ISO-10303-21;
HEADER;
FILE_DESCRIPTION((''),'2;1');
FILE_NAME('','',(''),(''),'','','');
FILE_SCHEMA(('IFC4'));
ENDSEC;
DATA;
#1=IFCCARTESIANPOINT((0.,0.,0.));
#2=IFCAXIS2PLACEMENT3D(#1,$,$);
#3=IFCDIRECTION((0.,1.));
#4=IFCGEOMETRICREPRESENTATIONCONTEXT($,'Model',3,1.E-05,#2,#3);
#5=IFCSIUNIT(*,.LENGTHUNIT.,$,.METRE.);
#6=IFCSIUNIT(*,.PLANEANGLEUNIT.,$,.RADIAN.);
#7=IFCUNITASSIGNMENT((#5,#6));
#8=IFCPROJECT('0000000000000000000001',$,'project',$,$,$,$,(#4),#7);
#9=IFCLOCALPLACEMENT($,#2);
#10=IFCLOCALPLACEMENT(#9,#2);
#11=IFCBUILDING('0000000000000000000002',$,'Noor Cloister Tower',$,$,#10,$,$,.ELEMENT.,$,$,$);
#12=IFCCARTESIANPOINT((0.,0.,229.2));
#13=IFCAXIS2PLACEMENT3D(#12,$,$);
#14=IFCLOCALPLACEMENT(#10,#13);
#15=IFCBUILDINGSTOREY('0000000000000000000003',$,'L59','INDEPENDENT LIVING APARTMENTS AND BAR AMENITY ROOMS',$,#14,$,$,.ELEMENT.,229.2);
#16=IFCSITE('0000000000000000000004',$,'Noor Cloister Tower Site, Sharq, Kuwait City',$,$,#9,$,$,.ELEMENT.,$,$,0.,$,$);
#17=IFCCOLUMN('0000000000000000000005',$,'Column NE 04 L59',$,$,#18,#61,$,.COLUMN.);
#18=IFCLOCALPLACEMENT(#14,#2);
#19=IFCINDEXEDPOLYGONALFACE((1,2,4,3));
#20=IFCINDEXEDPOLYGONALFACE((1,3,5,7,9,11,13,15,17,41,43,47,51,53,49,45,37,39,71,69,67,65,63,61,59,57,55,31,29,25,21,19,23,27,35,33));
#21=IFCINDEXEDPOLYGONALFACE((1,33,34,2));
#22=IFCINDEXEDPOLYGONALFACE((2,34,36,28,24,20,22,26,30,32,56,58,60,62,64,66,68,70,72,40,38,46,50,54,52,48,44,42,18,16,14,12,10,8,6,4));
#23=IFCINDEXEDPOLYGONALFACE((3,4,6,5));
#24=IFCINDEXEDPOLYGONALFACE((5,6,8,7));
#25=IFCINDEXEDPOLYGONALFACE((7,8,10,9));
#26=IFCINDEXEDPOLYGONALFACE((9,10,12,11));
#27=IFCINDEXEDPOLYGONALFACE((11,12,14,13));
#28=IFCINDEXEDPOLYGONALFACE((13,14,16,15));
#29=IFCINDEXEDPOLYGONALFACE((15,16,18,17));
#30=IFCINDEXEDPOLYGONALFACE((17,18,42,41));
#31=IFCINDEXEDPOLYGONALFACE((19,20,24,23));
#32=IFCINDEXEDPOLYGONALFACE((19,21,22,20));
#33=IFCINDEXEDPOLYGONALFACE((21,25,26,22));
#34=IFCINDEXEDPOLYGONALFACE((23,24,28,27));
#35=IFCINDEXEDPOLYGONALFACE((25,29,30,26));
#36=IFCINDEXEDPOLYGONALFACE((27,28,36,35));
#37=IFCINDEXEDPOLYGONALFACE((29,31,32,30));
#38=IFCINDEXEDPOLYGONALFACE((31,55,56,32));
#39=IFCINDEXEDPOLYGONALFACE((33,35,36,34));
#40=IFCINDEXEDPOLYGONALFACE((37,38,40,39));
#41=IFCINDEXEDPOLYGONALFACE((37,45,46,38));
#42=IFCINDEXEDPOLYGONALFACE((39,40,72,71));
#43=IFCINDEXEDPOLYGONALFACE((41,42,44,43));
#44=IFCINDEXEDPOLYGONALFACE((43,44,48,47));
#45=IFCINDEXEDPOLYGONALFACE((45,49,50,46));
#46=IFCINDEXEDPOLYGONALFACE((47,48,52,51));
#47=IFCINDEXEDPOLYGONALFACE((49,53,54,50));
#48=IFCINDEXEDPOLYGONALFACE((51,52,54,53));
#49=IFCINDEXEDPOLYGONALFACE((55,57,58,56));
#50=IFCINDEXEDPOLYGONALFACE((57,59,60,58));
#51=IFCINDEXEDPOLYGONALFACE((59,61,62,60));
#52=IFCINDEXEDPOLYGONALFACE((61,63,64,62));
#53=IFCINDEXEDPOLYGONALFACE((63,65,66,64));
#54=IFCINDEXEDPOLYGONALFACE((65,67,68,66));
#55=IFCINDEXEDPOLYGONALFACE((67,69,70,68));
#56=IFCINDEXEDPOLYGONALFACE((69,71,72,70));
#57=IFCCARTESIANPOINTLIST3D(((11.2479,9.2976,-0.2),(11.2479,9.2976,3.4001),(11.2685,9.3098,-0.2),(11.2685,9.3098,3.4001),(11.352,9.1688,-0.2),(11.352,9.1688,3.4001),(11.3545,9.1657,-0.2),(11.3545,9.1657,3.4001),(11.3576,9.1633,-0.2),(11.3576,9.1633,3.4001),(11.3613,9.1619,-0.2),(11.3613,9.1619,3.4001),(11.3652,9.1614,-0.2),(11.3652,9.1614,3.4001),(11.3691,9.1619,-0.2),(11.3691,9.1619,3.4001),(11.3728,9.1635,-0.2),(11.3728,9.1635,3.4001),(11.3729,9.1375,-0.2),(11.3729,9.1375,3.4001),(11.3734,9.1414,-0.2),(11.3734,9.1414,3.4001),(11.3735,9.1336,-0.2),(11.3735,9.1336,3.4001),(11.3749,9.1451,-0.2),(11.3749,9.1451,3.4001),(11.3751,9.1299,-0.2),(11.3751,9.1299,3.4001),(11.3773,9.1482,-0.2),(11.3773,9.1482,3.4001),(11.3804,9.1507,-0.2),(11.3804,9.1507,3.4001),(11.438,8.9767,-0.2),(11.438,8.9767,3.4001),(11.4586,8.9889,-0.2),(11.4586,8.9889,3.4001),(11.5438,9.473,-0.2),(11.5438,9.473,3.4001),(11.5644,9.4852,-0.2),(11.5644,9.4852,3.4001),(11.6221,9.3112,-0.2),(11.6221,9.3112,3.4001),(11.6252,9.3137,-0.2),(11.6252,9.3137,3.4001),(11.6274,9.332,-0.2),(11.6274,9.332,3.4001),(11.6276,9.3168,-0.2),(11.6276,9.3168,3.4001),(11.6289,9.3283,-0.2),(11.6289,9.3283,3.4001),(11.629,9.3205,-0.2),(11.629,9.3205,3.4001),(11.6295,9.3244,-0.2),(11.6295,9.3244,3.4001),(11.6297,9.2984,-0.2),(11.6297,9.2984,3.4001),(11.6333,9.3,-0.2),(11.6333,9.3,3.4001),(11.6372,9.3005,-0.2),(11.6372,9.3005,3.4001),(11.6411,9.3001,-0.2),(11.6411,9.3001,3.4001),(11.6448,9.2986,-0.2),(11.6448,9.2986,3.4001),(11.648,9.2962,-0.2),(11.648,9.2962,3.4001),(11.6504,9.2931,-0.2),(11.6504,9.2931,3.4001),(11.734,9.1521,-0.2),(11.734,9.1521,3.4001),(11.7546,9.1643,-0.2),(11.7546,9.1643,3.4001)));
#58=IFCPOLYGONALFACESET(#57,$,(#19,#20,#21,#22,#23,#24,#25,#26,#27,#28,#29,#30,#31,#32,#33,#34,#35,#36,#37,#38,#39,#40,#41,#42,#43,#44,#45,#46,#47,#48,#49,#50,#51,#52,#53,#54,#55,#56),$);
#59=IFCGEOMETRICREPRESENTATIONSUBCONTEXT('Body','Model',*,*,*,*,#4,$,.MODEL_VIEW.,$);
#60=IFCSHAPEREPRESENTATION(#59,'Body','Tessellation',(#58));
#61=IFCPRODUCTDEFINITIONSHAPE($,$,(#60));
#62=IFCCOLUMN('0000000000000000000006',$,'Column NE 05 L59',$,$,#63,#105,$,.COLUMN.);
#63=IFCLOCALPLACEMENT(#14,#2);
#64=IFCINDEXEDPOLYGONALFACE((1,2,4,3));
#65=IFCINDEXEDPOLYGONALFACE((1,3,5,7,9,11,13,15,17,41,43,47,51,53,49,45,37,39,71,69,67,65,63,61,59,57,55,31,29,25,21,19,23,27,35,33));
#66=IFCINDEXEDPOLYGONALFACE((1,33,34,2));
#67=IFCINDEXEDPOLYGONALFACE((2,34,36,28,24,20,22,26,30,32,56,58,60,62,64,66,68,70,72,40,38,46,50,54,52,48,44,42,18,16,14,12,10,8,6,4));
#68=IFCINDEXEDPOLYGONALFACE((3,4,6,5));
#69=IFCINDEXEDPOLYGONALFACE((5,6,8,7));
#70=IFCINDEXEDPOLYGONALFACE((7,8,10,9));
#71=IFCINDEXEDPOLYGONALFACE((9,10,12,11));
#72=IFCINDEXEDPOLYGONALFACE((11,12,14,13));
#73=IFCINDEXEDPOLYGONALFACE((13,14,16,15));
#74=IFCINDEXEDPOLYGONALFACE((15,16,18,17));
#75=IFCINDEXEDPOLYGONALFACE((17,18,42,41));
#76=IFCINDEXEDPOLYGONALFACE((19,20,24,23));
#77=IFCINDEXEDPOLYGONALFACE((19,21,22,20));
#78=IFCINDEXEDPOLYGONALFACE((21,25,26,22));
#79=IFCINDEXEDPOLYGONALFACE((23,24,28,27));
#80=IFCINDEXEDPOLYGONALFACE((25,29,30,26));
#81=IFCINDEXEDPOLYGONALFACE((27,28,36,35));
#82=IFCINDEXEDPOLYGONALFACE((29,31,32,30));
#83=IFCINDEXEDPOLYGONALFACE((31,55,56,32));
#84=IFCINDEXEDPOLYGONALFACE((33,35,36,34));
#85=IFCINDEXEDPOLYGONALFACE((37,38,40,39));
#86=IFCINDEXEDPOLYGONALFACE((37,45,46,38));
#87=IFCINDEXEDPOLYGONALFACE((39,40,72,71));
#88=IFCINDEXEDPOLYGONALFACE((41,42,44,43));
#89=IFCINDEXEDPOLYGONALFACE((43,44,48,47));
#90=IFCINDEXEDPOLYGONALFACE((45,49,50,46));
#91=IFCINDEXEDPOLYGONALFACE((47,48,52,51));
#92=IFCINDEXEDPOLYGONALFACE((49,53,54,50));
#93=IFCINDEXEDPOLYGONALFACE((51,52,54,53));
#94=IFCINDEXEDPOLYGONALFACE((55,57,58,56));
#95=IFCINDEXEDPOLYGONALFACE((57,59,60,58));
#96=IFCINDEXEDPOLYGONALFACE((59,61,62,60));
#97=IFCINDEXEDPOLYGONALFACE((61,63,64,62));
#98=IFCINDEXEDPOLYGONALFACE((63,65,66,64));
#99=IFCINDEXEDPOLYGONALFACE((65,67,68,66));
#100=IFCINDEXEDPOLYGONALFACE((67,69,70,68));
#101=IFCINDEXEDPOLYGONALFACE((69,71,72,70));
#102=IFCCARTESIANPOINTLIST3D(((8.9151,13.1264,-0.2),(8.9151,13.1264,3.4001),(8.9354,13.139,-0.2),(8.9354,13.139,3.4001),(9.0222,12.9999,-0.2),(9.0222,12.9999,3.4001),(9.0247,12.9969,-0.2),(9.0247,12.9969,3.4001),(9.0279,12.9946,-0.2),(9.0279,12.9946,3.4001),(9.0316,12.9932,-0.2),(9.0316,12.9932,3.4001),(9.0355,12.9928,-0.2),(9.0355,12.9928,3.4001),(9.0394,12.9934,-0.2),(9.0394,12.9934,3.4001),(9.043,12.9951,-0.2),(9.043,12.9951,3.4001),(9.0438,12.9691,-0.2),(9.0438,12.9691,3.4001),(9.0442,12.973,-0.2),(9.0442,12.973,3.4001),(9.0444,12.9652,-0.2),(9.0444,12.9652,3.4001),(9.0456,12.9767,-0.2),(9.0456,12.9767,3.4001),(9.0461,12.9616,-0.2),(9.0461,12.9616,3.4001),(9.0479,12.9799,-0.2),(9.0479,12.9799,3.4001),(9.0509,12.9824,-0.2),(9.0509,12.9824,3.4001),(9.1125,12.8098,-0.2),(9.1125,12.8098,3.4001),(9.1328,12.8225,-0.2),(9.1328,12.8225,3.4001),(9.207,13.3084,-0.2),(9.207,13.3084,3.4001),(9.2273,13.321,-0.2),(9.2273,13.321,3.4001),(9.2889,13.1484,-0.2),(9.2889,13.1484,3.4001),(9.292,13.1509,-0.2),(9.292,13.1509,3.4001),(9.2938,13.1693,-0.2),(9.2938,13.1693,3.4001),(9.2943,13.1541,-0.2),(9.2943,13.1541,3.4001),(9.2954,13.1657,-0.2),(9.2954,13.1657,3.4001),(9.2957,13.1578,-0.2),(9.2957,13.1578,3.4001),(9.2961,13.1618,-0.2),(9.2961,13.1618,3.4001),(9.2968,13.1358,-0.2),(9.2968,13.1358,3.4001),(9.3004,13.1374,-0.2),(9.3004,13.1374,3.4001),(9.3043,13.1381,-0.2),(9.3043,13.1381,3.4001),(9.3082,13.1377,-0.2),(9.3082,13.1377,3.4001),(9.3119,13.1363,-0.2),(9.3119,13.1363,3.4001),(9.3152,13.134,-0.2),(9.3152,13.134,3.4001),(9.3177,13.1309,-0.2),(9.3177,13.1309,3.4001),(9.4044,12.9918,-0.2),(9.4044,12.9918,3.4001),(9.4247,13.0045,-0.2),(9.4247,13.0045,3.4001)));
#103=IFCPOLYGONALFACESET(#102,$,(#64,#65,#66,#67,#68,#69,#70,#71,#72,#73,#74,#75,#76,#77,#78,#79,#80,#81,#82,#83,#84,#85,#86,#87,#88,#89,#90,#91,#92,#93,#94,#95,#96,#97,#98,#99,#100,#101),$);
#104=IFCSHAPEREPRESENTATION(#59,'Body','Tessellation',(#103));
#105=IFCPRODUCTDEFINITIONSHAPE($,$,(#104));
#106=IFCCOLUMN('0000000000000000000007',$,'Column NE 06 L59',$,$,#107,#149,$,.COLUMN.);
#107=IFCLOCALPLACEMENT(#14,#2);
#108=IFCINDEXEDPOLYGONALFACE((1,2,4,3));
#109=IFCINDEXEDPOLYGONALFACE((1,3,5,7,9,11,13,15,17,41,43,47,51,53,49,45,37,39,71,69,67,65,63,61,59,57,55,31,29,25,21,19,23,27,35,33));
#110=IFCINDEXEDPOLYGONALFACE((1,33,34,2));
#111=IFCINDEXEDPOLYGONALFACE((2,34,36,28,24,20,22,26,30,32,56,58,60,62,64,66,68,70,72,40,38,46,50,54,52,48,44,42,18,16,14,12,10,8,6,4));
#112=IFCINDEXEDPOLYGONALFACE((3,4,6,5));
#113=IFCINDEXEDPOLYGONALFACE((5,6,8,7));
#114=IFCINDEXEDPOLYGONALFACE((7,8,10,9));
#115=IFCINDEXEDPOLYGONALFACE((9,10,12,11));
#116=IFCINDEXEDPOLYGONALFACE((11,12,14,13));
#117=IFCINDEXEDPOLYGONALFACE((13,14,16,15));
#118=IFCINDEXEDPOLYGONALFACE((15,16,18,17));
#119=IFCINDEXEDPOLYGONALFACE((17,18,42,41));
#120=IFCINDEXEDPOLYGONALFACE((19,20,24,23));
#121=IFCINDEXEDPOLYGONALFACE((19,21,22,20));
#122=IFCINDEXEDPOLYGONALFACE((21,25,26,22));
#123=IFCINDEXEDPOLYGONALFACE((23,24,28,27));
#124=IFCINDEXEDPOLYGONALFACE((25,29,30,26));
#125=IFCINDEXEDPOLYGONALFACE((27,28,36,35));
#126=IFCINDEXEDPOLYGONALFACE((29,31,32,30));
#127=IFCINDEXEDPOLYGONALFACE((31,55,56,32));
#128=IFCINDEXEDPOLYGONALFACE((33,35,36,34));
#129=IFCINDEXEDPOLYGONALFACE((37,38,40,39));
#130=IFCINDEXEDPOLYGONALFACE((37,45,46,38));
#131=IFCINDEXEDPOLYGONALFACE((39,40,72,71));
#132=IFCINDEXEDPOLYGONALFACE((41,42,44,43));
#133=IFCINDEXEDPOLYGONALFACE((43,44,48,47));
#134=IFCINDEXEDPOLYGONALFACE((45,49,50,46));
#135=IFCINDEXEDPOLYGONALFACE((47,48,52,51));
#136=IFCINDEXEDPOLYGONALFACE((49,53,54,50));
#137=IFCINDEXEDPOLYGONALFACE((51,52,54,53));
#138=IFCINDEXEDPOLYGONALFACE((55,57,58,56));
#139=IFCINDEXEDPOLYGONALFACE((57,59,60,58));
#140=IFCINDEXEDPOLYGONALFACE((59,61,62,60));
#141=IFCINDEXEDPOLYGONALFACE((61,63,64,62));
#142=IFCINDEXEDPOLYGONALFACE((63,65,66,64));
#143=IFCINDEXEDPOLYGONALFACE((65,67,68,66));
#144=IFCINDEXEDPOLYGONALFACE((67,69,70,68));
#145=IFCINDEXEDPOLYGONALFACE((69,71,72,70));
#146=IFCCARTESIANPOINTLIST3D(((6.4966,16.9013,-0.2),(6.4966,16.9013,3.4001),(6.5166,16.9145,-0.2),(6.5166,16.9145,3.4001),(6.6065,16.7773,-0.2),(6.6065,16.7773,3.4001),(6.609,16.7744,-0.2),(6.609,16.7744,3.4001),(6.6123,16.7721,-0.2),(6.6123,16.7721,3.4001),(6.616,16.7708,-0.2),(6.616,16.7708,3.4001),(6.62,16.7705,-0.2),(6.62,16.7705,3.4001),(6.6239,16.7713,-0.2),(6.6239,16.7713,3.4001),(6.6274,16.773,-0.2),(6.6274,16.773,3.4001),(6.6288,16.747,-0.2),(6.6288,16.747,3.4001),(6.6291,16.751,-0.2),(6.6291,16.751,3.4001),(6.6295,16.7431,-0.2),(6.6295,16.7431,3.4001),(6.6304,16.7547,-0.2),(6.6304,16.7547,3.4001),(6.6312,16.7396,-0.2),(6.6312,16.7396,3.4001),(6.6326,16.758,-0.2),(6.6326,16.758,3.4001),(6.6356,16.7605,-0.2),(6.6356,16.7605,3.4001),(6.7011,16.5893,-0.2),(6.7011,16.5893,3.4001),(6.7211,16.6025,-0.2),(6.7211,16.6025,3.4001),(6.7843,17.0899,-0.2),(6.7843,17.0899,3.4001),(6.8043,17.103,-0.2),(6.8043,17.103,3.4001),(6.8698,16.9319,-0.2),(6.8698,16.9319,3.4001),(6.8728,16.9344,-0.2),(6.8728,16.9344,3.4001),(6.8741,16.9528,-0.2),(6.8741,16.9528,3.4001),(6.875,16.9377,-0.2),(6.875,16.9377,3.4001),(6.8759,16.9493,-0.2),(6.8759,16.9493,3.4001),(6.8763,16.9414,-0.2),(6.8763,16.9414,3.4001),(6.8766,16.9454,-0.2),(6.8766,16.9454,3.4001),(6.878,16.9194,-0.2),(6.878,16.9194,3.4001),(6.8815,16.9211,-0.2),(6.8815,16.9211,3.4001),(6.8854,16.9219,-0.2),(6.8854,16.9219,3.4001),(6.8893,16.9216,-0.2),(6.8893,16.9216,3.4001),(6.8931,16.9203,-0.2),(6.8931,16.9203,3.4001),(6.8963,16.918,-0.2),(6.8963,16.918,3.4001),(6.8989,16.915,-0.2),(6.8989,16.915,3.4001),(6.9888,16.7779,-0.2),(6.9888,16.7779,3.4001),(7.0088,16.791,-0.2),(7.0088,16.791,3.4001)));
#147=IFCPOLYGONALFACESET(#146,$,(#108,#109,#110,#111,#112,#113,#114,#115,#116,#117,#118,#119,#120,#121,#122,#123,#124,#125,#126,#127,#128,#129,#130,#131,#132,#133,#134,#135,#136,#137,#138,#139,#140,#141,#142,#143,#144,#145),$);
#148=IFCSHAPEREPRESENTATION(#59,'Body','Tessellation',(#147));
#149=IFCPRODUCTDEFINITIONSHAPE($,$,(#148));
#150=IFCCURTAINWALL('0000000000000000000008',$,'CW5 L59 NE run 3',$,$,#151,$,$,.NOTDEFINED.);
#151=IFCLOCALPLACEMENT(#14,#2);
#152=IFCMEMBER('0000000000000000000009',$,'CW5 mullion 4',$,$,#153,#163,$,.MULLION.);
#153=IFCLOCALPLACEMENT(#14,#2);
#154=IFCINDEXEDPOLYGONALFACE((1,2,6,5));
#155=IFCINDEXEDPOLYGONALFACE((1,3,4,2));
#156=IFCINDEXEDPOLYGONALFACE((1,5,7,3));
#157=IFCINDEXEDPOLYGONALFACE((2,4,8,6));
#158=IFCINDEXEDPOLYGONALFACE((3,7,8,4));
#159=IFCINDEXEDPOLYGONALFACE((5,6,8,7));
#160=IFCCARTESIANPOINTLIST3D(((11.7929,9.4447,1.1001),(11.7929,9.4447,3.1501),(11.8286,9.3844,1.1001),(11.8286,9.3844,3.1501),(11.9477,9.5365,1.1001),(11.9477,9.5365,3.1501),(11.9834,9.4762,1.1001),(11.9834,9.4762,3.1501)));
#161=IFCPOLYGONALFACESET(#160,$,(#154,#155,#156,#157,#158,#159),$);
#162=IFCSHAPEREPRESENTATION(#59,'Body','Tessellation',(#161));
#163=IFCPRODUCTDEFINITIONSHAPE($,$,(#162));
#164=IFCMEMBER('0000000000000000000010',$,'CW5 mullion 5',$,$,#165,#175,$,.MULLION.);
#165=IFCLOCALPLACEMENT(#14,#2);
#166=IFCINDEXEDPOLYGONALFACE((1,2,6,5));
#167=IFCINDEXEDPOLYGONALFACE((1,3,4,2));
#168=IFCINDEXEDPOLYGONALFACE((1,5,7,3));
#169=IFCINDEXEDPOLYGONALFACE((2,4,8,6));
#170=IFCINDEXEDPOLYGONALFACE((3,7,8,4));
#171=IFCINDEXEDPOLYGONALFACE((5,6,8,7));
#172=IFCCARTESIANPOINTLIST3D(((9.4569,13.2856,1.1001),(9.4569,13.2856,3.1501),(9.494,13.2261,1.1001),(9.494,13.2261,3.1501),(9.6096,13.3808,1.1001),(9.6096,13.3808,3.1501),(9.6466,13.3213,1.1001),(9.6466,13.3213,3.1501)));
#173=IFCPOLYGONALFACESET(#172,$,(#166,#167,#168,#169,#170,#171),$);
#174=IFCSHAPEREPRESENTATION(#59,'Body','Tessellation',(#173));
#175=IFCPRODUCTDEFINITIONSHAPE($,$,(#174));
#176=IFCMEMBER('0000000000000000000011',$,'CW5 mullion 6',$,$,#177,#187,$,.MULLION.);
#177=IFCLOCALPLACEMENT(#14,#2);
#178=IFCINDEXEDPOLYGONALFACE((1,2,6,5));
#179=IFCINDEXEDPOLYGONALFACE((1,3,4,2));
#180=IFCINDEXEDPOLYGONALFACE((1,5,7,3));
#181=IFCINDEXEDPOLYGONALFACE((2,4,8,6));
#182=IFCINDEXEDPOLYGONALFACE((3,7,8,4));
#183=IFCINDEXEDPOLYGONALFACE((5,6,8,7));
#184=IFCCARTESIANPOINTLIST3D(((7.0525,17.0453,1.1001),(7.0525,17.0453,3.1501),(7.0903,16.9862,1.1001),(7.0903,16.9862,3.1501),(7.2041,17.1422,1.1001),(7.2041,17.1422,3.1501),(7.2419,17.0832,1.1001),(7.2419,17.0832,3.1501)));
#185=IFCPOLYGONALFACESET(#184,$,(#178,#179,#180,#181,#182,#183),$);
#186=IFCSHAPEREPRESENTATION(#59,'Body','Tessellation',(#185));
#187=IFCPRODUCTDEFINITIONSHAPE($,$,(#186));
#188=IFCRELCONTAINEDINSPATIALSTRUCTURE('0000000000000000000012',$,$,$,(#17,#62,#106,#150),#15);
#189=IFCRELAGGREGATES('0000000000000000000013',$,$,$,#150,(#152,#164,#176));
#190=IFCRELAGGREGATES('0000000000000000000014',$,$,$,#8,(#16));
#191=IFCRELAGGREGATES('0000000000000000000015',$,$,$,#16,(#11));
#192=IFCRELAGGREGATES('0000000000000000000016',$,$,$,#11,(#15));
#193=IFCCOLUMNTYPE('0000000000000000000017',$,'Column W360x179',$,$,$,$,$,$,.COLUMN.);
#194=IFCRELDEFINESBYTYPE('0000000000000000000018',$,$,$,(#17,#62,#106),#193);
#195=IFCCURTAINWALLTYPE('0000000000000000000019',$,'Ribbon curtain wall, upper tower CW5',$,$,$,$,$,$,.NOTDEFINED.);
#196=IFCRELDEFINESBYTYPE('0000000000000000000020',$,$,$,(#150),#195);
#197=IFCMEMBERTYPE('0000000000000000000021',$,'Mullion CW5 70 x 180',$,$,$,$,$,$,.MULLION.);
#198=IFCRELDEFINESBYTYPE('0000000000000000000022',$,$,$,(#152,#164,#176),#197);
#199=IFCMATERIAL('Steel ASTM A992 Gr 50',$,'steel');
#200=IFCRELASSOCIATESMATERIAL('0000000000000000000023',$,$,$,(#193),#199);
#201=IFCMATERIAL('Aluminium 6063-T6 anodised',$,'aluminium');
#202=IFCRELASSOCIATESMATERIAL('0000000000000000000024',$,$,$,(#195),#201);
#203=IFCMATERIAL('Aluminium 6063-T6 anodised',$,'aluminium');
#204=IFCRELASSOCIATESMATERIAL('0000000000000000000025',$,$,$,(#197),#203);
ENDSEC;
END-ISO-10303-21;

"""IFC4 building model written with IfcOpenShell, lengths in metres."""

from ifc_helpers import new_model, si_unit, direction, frame, origin, origin_2d, place, context, subcontext, project, spatial, rectangle, i_section, extrude, material, material_profile, profile_set, type_object, element, aggregate, save


model = new_model("IFC4")

# Units and contexts
model_context = context("Model", 3, precision=1e-05, world=origin(), true_north=direction((0.0, 1.0)))
body_context = subcontext(model_context, "Body", "Model", "MODEL_VIEW")
ifc_project = project(units=[si_unit("LENGTHUNIT", "METRE"), si_unit("PLANEANGLEUNIT", "RADIAN")], contexts=[model_context])

# Site, building, storey
site_placement = place(None, origin())
site = spatial("IfcSite", under=ifc_project, at=site_placement, Name="Noor Cloister Tower Site, Sharq, Kuwait City", CompositionType="ELEMENT", RefElevation=0.0)
building_placement = place(site_placement, origin())
building = spatial("IfcBuilding", under=site, at=building_placement, Name="Noor Cloister Tower", CompositionType="ELEMENT")
storey_placement = place(building_placement, frame((0.0, 0.0, 229.2)))
storey = spatial("IfcBuildingStorey", under=building, at=storey_placement, Name="L59", Description="INDEPENDENT LIVING APARTMENTS AND BAR AMENITY ROOMS", CompositionType="ELEMENT", Elevation=229.2)

# Columns
ifc_material_1 = material(Name="Steel ASTM A992 Gr 50", Category="steel")
ifc_material_profile_1 = material_profile(ifc_material_1, i_section(OverallWidth=0.373, OverallDepth=0.3679, WebThickness=0.0149, FlangeThickness=0.0239, FilletRadius=0.0151, at=origin_2d()), Name="W360x179")
ifc_profile_set_1 = profile_set([ifc_material_profile_1], Name="Steel ASTM A992 Gr 50")
column_type = type_object("IfcColumnType", Name="Column W360x179", PredefinedType="COLUMN", material=ifc_profile_set_1)
for number, where, z_axis, x_axis, name in (
    (1, (11.5012, 9.231, -0.2), (0.0, 0.0, 1.0), (-0.509776, 0.860307, 0.0), "Column NE 04 L59"),
    (2, (9.1699, 13.0654, -0.2), (0.0, 0.0, 1.0), (-0.52913, 0.848541, 0.0), "Column NE 05 L59"),
    (3, (6.7527, 16.8462, -0.2), (0.0, 0.0, 1.0), (-0.548212, 0.836339, 0.0), "Column NE 06 L59"),
):
    element("IfcColumn", number, at=place(storey_placement, frame(where, z_axis=z_axis, x_axis=x_axis)), inside=storey, type_object=column_type, Name=name, PredefinedType="COLUMN", context=body_context, shape_type="SweptSolid", body=[
        extrude(i_section(OverallWidth=0.373, OverallDepth=0.3679, WebThickness=0.0149, FlangeThickness=0.0239, FilletRadius=0.0151, at=origin_2d()), origin(), (0.0, 0.0, 1.0), 3.6001),
    ])

# Curtain wall, members
ifc_material_2 = material(Name="Aluminium 6063-T6 anodised", Category="aluminium")
curtain_wall_type = type_object("IfcCurtainWallType", Name="Ribbon curtain wall, upper tower CW5", PredefinedType="NOTDEFINED", material=ifc_material_2)
curtain_wall_placement = place(storey_placement, origin())
curtain_wall = element("IfcCurtainWall", 4, at=curtain_wall_placement, inside=storey, type_object=curtain_wall_type, Name="CW5 L59 NE run 3", PredefinedType="NOTDEFINED")
ifc_material_3 = material(Name="Aluminium 6063-T6 anodised", Category="aluminium")
ifc_material_profile_2 = material_profile(ifc_material_3, rectangle(XDim=0.1799, YDim=0.0701, at=origin_2d()), Name="180 x 70 mullion")
ifc_profile_set_2 = profile_set([ifc_material_profile_2], Name="Aluminium 6063-T6 anodised")
member_type = type_object("IfcMemberType", Name="Mullion CW5 70 x 180", PredefinedType="MULLION", material=ifc_profile_set_2)
member_1_placement = place(storey_placement, frame((11.8882, 9.4604, 1.1001), z_axis=(0.0, 0.0, 1.0), x_axis=(-0.860307, -0.509776, 0.0)))
member_1 = element("IfcMember", 5, at=member_1_placement, type_object=member_type, Name="CW5 mullion 4", PredefinedType="MULLION", context=body_context, shape_type="SweptSolid", body=[
    extrude(rectangle(XDim=0.1799, YDim=0.0701, at=origin_2d()), origin(), (0.0, 0.0, 1.0), 2.05),
])
member_2_placement = place(storey_placement, frame((9.5518, 13.3035, 1.1001), z_axis=(0.0, 0.0, 1.0), x_axis=(-0.848541, -0.52913, 0.0)))
member_2 = element("IfcMember", 6, at=member_2_placement, type_object=member_type, Name="CW5 mullion 5", PredefinedType="MULLION", context=body_context, shape_type="SweptSolid", body=[
    extrude(rectangle(XDim=0.1799, YDim=0.0701, at=origin_2d()), origin(), (0.0, 0.0, 1.0), 2.05),
])
member_3_placement = place(storey_placement, frame((7.1472, 17.0642, 1.1001), z_axis=(0.0, 0.0, 1.0), x_axis=(-0.842494, -0.538705, 0.0)))
member_3 = element("IfcMember", 7, at=member_3_placement, type_object=member_type, Name="CW5 mullion 6", PredefinedType="MULLION", context=body_context, shape_type="SweptSolid", body=[
    extrude(rectangle(XDim=0.1799, YDim=0.0701, at=origin_2d()), origin(), (0.0, 0.0, 1.0), 2.05),
])

aggregate(curtain_wall, [member_1, member_2, member_3])

save(model, "model.ifc")
